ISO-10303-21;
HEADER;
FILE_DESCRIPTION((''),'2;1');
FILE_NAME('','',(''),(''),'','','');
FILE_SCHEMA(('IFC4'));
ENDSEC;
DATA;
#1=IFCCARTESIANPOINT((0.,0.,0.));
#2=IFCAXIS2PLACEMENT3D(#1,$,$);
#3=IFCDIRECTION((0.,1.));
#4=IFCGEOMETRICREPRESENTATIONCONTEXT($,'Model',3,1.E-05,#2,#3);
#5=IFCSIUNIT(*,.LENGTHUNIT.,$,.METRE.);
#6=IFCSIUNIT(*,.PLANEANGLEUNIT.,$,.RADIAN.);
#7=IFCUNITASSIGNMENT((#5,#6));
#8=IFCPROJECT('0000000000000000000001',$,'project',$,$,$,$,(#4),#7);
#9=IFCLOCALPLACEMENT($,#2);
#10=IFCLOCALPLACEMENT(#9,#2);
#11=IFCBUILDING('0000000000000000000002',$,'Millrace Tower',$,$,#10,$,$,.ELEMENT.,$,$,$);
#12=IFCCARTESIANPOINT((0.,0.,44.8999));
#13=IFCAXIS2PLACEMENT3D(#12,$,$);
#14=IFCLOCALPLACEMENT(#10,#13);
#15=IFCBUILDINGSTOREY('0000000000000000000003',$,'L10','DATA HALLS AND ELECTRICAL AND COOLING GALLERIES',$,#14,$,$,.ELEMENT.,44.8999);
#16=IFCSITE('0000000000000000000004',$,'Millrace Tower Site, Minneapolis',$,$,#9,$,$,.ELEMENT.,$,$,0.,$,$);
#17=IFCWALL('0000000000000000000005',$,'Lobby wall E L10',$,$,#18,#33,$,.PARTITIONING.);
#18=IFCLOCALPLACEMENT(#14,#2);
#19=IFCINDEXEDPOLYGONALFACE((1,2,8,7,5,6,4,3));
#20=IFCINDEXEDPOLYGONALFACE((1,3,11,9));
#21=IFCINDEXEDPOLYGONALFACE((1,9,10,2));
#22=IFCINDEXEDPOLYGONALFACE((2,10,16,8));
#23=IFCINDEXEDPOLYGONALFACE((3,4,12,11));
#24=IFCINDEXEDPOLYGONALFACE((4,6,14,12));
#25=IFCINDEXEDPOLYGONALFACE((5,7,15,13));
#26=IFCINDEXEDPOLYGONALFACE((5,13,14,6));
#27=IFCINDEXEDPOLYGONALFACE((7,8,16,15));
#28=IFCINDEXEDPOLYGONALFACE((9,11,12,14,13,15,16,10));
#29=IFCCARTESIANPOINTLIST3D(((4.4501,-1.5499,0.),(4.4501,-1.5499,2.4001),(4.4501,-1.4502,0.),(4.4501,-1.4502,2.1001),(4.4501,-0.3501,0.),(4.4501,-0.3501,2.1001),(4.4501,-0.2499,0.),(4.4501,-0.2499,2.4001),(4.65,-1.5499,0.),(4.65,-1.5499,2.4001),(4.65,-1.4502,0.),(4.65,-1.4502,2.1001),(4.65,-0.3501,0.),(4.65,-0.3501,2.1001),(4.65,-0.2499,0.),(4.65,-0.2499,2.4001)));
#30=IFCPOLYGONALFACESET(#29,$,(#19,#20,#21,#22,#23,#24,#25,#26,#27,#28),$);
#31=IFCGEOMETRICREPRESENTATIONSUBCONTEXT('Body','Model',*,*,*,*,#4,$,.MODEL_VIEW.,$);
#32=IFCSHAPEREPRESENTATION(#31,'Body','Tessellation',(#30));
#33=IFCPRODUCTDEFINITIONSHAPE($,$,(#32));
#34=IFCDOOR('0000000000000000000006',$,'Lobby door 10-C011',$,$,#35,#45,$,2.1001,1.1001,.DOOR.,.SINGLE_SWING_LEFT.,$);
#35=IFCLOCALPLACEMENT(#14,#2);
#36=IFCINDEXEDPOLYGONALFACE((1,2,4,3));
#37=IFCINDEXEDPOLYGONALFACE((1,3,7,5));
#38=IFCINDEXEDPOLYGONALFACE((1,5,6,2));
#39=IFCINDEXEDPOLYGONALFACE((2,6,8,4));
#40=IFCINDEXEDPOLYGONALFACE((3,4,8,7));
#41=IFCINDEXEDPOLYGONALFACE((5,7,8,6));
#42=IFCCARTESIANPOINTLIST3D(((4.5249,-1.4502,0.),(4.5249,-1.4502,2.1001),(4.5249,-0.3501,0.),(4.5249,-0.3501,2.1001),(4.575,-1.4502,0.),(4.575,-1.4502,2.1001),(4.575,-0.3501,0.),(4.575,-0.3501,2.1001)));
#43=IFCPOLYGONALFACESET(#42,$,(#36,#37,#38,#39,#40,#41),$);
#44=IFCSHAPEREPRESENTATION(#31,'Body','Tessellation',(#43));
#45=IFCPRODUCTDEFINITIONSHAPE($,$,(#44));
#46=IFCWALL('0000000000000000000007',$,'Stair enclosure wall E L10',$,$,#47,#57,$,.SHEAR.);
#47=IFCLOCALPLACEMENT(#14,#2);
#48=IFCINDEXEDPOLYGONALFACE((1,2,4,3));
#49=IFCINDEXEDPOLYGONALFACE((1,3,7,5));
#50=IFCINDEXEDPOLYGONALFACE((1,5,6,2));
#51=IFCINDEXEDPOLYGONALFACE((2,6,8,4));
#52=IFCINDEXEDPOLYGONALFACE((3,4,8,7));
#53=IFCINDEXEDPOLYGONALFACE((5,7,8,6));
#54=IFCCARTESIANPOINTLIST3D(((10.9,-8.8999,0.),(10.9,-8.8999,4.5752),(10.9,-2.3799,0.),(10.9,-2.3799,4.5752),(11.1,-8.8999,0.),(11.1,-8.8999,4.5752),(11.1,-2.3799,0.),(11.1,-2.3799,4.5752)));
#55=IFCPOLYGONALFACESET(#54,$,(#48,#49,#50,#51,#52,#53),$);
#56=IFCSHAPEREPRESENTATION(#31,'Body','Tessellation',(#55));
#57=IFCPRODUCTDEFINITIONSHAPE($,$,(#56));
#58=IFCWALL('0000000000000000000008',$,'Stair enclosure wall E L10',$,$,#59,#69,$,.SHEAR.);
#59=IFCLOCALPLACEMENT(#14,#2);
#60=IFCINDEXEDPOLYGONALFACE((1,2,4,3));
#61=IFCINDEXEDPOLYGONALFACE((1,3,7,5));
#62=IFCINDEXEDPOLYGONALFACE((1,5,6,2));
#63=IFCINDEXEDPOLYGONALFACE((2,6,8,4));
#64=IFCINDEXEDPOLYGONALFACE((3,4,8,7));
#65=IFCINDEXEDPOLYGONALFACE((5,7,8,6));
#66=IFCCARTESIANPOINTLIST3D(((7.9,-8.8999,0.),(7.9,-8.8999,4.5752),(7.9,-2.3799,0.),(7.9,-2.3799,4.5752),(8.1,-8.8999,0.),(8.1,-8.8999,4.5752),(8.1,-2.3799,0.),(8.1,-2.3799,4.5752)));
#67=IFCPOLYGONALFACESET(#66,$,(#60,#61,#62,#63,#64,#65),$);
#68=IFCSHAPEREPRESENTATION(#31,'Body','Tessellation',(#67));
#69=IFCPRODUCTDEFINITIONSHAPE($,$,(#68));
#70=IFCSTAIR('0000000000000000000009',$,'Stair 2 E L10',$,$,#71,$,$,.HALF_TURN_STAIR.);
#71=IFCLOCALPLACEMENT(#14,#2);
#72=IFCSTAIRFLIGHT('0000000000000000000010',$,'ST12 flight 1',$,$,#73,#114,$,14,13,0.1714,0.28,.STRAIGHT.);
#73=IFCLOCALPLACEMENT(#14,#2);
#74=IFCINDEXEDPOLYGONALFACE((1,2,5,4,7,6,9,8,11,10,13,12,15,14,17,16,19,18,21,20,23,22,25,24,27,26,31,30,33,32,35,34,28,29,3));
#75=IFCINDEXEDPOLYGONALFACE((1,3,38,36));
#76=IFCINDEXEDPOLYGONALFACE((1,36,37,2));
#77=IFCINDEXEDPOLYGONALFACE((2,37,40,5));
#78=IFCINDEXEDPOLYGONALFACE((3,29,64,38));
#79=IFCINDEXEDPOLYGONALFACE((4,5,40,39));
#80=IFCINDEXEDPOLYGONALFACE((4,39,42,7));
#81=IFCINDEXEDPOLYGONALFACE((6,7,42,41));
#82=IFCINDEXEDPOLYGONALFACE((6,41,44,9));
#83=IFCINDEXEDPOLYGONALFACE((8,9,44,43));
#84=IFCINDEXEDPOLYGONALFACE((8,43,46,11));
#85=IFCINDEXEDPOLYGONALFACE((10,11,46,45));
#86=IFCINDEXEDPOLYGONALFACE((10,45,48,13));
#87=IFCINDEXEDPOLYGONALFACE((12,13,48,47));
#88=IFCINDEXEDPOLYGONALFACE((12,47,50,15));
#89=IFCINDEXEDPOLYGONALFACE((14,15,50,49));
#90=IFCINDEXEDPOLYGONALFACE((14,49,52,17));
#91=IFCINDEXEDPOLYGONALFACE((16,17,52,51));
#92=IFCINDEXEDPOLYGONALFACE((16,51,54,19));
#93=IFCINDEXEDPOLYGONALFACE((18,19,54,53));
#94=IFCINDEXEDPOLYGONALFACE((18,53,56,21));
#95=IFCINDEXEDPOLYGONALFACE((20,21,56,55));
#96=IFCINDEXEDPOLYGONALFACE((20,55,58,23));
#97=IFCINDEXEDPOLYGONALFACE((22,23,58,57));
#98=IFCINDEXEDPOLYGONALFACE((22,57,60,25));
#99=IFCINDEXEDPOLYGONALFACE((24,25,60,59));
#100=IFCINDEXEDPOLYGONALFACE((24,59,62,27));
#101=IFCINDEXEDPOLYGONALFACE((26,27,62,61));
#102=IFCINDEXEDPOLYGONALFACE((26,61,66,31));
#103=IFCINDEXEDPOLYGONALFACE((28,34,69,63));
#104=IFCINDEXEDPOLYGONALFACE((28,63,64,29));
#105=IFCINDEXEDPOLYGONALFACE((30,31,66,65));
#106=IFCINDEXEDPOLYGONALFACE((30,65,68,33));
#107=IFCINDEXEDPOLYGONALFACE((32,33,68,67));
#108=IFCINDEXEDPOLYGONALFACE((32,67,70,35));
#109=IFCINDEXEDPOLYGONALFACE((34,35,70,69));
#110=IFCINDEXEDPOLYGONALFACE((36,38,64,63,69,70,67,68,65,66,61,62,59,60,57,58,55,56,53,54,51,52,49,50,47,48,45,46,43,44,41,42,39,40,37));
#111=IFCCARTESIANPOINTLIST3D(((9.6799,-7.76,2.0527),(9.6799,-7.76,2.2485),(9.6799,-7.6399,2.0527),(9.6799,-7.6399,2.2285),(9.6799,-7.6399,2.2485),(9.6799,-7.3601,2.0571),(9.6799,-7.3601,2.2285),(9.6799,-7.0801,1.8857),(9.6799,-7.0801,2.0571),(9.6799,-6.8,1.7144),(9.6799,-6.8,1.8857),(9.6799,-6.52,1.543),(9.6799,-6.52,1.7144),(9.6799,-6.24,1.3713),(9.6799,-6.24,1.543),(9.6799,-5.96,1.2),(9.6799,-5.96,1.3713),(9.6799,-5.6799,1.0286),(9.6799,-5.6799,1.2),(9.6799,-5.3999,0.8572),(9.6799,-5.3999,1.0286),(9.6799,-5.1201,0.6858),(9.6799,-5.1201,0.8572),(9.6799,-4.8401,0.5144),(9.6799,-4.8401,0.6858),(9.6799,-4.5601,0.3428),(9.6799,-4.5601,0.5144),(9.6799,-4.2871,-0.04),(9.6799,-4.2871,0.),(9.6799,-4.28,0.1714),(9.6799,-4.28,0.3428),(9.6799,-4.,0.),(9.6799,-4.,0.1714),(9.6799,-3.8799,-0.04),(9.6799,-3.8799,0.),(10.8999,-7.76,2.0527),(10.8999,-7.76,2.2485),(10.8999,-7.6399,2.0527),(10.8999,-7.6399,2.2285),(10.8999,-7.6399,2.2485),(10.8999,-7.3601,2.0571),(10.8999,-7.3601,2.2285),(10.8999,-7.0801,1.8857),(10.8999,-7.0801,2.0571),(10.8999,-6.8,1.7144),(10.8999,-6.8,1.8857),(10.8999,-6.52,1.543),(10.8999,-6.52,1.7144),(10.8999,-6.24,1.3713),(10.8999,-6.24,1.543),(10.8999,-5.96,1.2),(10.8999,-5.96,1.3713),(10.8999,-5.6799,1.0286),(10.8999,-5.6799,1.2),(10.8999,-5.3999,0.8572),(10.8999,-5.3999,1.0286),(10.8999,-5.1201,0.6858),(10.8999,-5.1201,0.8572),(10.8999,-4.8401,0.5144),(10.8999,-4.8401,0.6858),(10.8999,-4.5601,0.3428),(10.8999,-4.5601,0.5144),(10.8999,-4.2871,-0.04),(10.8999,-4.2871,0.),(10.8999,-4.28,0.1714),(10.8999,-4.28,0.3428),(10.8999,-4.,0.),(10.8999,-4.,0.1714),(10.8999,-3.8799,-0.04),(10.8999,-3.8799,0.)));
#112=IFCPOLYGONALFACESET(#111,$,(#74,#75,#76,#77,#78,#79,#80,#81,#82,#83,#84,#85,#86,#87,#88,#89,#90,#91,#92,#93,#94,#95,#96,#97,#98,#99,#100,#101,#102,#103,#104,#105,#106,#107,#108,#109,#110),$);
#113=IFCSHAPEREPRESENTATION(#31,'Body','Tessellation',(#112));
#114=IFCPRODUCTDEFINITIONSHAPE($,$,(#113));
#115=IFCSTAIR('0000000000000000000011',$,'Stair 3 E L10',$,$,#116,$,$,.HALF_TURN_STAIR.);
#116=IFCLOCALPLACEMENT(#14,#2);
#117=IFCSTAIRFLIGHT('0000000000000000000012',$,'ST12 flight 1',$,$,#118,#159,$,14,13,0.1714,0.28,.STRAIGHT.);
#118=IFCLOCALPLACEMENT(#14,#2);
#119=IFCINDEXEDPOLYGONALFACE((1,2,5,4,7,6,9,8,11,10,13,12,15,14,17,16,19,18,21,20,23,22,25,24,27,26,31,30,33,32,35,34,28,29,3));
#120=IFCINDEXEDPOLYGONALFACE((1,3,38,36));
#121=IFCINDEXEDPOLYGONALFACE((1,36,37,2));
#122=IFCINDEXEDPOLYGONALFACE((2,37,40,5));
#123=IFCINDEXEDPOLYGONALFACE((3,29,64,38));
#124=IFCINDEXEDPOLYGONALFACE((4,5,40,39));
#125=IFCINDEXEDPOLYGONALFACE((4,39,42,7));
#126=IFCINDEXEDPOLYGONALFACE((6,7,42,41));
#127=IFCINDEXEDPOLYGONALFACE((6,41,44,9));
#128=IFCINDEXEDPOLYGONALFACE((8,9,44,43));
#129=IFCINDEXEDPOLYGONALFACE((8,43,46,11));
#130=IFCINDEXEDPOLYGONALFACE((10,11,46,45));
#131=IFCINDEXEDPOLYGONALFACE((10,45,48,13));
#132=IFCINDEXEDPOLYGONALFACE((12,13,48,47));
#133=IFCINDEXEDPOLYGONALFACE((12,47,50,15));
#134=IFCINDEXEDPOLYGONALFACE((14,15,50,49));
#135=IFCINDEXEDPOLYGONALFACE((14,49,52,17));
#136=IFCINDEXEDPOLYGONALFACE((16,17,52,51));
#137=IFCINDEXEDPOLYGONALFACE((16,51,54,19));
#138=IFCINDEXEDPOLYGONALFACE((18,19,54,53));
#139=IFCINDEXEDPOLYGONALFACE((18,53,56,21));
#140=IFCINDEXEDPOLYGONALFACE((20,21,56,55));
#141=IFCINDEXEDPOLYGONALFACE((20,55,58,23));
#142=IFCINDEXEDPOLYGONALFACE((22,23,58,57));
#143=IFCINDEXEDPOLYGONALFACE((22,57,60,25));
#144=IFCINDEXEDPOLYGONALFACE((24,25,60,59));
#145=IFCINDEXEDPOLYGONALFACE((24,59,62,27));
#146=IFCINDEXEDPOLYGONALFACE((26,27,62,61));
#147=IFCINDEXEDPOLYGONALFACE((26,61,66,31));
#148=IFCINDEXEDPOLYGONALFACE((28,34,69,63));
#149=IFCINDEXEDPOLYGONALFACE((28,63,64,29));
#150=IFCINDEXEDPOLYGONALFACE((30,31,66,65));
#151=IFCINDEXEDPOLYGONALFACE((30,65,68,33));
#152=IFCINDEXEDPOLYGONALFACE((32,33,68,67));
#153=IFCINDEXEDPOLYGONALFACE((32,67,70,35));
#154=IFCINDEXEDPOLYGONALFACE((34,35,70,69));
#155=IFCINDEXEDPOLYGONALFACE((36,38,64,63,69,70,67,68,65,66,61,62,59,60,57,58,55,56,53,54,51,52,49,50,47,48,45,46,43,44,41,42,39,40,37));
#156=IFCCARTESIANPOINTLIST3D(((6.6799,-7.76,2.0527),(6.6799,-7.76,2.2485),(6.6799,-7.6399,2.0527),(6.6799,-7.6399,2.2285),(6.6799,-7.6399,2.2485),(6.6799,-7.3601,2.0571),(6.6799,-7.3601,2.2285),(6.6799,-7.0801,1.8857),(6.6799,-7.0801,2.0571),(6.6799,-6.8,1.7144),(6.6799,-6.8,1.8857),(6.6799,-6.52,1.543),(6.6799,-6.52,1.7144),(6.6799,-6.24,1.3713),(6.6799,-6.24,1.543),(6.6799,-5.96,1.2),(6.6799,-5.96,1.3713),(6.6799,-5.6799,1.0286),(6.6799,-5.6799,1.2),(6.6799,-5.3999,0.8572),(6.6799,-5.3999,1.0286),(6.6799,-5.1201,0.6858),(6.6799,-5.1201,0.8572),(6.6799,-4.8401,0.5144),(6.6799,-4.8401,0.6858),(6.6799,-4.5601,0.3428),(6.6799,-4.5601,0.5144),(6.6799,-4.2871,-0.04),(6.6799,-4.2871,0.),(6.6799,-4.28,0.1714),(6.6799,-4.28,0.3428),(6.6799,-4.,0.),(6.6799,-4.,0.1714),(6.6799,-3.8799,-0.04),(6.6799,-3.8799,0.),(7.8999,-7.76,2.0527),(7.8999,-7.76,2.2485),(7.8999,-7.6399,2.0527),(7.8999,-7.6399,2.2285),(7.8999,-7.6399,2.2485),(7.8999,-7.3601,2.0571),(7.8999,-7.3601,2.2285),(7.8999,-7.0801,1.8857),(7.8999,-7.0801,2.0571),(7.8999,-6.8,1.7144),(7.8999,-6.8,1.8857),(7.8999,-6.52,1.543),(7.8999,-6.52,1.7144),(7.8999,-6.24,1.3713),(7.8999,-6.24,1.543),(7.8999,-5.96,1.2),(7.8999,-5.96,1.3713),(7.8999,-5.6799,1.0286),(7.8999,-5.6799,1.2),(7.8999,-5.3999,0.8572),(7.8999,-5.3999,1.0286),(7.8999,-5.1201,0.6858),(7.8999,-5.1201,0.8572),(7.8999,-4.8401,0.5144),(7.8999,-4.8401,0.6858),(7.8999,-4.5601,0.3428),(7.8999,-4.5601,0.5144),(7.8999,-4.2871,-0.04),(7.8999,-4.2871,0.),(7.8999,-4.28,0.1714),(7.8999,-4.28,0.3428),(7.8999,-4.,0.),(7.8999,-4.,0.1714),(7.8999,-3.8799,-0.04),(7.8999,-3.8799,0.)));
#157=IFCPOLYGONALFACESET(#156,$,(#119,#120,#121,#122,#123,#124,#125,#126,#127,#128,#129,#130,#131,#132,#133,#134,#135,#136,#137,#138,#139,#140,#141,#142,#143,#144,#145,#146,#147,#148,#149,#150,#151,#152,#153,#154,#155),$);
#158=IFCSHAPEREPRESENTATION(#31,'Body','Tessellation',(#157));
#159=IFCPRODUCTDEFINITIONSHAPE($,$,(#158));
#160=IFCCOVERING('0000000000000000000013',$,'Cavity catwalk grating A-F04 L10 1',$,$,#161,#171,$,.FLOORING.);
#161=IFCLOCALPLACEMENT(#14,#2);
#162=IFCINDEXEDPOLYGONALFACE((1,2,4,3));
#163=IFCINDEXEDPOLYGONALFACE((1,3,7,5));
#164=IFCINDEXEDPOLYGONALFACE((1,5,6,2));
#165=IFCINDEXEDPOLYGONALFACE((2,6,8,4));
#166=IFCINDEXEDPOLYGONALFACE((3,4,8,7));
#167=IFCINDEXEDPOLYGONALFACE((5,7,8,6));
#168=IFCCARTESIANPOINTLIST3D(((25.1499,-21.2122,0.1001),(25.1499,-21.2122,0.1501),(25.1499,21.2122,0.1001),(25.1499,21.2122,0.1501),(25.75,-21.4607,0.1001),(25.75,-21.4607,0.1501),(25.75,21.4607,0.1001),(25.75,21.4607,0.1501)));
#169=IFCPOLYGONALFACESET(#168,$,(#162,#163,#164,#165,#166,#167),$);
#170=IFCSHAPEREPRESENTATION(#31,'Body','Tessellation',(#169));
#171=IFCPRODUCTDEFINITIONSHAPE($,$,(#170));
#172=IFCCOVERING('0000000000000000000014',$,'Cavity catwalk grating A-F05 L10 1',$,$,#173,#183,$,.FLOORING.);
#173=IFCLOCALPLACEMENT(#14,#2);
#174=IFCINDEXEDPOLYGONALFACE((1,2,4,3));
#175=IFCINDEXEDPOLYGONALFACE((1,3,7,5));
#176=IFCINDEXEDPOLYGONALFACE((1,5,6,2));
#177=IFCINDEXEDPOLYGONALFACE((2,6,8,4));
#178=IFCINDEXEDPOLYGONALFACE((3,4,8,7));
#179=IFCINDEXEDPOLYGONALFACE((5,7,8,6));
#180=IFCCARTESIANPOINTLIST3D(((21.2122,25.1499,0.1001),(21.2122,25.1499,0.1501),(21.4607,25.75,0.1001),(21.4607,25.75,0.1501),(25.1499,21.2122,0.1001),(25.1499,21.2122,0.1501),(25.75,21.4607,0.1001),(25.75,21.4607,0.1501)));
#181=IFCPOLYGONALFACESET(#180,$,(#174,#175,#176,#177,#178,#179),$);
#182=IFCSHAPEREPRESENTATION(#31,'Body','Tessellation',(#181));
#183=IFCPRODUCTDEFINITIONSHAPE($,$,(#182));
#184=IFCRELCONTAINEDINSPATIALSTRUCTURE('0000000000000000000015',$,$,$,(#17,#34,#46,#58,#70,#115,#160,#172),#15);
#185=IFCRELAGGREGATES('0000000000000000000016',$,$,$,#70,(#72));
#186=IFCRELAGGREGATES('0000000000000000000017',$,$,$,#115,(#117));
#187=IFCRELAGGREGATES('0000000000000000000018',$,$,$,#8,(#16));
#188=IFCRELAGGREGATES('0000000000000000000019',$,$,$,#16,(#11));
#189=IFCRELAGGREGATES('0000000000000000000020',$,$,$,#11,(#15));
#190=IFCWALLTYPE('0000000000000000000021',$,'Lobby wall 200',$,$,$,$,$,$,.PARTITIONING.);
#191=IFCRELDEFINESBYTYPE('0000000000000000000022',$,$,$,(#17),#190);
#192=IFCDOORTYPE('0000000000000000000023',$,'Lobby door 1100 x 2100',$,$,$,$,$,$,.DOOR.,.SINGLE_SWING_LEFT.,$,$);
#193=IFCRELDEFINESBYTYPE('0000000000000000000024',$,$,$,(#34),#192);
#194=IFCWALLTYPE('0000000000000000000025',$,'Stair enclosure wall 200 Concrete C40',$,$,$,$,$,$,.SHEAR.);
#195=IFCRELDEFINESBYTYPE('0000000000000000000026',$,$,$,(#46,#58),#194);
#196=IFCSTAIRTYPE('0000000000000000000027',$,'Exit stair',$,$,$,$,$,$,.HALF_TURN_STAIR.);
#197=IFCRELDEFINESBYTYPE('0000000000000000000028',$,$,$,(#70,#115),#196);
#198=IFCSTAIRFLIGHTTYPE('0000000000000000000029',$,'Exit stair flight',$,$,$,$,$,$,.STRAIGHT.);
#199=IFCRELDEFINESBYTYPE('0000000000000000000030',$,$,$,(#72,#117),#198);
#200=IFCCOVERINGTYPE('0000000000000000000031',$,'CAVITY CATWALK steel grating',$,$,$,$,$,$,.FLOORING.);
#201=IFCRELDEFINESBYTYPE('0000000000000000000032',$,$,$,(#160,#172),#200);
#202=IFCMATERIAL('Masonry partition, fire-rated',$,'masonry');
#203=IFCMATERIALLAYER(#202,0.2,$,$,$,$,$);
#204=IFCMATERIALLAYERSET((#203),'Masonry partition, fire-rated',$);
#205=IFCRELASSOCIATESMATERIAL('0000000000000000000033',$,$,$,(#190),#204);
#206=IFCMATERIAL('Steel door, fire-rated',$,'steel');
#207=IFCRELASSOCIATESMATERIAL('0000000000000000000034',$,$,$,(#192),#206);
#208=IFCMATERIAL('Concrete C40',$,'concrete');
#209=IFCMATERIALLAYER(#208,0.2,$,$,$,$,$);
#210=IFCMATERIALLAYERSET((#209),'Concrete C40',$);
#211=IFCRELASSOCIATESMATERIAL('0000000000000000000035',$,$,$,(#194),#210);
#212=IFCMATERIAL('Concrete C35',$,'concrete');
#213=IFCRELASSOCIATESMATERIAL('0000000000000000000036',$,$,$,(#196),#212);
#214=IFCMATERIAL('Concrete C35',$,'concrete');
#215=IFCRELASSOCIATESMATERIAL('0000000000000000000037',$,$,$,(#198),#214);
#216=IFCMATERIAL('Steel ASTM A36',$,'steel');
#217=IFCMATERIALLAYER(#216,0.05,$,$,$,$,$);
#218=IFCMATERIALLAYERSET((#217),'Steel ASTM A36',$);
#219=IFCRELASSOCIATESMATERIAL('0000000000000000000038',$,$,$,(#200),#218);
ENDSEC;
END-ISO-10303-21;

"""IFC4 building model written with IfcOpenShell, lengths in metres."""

from ifc_helpers import new_model, si_unit, direction, frame, frame_2d, origin, place, context, subcontext, project, spatial, polyline, rectangle, outline, extrude, material, layer, layer_set, type_object, element, fill, aggregate, save


model = new_model("IFC4")

# Units and contexts
model_context = context("Model", 3, precision=1e-05, world=origin(), true_north=direction((0.0, 1.0)))
body_context = subcontext(model_context, "Body", "Model", "MODEL_VIEW")
ifc_project = project(units=[si_unit("LENGTHUNIT", "METRE"), si_unit("PLANEANGLEUNIT", "RADIAN")], contexts=[model_context])

# Site, building, storey
site_placement = place(None, origin())
site = spatial("IfcSite", under=ifc_project, at=site_placement, Name="Millrace Tower Site, Minneapolis", CompositionType="ELEMENT", RefElevation=0.0)
building_placement = place(site_placement, origin())
building = spatial("IfcBuilding", under=site, at=building_placement, Name="Millrace Tower", CompositionType="ELEMENT")
storey_placement = place(building_placement, frame((0.0, 0.0, 44.8999)))
storey = spatial("IfcBuildingStorey", under=building, at=storey_placement, Name="L10", Description="DATA HALLS AND ELECTRICAL AND COOLING GALLERIES", CompositionType="ELEMENT", Elevation=44.8999)

# Shared definitions
placement_1 = place(storey_placement, origin())

# Wall, opening, door
ifc_material_1 = material(Name="Masonry partition, fire-rated", Category="masonry")
ifc_layer_1 = layer(ifc_material_1, 0.2)
ifc_layer_set_1 = layer_set([ifc_layer_1], Name="Masonry partition, fire-rated")
wall_type_1 = type_object("IfcWallType", Name="Lobby wall 200", PredefinedType="PARTITIONING", material=ifc_layer_set_1)
wall_1_placement = place(storey_placement, frame((4.55, -0.25, 0.0), z_axis=(0.0, 0.0, 1.0), x_axis=(0.0, -1.0, 0.0)))
wall_1 = element("IfcWall", 1, at=wall_1_placement, inside=storey, type_object=wall_type_1, Name="Lobby wall E L10", PredefinedType="PARTITIONING", context=body_context, shape_type="SweptSolid", body=[
    extrude(rectangle(XDim=1.3, YDim=0.2, at=frame_2d((0.6499, 0.0))), origin(), (0.0, 0.0, 1.0), 2.4001),
])
opening_placement = place(wall_1_placement, frame((0.1001, 0.0, 0.0)))
opening = element("IfcOpeningElement", 2, at=opening_placement, cuts=wall_1, PredefinedType="OPENING", context=body_context, shape_type="SweptSolid", body=[
    extrude(rectangle(XDim=1.1001, YDim=2.1001, at=frame_2d((0.55, 1.05))), frame((0.0, 0.1099, 0.0), z_axis=(0.0, -1.0, 0.0), x_axis=(1.0, 0.0, 0.0)), (0.0, 0.0, 1.0), 0.22),
])
ifc_material_2 = material(Name="Steel door, fire-rated", Category="steel")
door_type = type_object("IfcDoorType", Name="Lobby door 1100 x 2100", OperationType="SINGLE_SWING_LEFT", PredefinedType="DOOR", material=ifc_material_2)
door_placement = place(opening_placement, origin())
door = element("IfcDoor", 3, at=door_placement, inside=storey, type_object=door_type, Name="Lobby door 10-C011", OperationType="SINGLE_SWING_LEFT", OverallHeight=2.1001, OverallWidth=1.1001, PredefinedType="DOOR", context=body_context, shape_type="SweptSolid", body=[
    extrude(rectangle(XDim=1.1001, YDim=2.1001, at=frame_2d((0.55, 1.05))), frame((0.0, 0.0249, 0.0), z_axis=(0.0, -1.0, 0.0), x_axis=(1.0, 0.0, 0.0)), (0.0, 0.0, 1.0), 0.05),
])
fill(opening, door)

# Walls
ifc_material_3 = material(Name="Concrete C40", Category="concrete")
ifc_layer_2 = layer(ifc_material_3, 0.2)
ifc_layer_set_2 = layer_set([ifc_layer_2], Name="Concrete C40")
wall_type_2 = type_object("IfcWallType", Name="Stair enclosure wall 200 Concrete C40", PredefinedType="SHEAR", material=ifc_layer_set_2)
for number, where, z_axis, x_axis, name in (
    (4, (11.0, -2.3799, 0.0), (0.0, 0.0, 1.0), (0.0, -1.0, 0.0), "Stair enclosure wall E L10"),
    (5, (8.0, -2.3799, 0.0), (0.0, 0.0, 1.0), (0.0, -1.0, 0.0), "Stair enclosure wall E L10"),
):
    element("IfcWall", number, at=place(storey_placement, frame(where, z_axis=z_axis, x_axis=x_axis)), inside=storey, type_object=wall_type_2, Name=name, PredefinedType="SHEAR", context=body_context, shape_type="SweptSolid", body=[
        extrude(rectangle(XDim=6.52, YDim=0.2, at=frame_2d((3.26, 0.0))), origin(), (0.0, 0.0, 1.0), 4.5752),
    ])

# Stairs, stair flights
ifc_material_4 = material(Name="Concrete C35", Category="concrete")
stair_type = type_object("IfcStairType", Name="Exit stair", PredefinedType="HALF_TURN_STAIR", material=ifc_material_4)
stair_1 = element("IfcStair", 6, at=placement_1, inside=storey, type_object=stair_type, Name="Stair 2 E L10", PredefinedType="HALF_TURN_STAIR")
ifc_material_5 = material(Name="Concrete C35", Category="concrete")
stair_flight_type = type_object("IfcStairFlightType", Name="Exit stair flight", PredefinedType="STRAIGHT", material=ifc_material_5)
stair_flight_1_placement = place(storey_placement, frame((10.29, -4.0, 0.0), z_axis=(0.0, 0.0, 1.0), x_axis=(0.0, -1.0, 0.0)))
stair_flight_1 = element("IfcStairFlight", 7, at=stair_flight_1_placement, type_object=stair_flight_type, Name="ST12 flight 1", NumberOfRisers=14, NumberOfTreads=13, PredefinedType="STRAIGHT", RiserHeight=0.1714, TreadLength=0.28, context=body_context, shape_type="SweptSolid", body=[
    extrude(outline(polyline([(-0.1201, -0.04), (-0.1201, 0.0), (0.0, 0.0), (0.0, 0.1714), (0.28, 0.1714), (0.28, 0.3428), (0.5601, 0.3428), (0.5601, 0.5144), (0.8401, 0.5144), (0.8401, 0.6858), (1.1201, 0.6858), (1.1201, 0.8572), (1.3999, 0.8572), (1.3999, 1.0286), (1.6799, 1.0286), (1.6799, 1.2), (1.96, 1.2), (1.96, 1.3713), (2.24, 1.3713), (2.24, 1.543), (2.52, 1.543), (2.52, 1.7144), (2.8, 1.7144), (2.8, 1.8857), (3.0801, 1.8857), (3.0801, 2.0571), (3.3601, 2.0571), (3.3601, 2.2285), (3.6399, 2.2285), (3.6399, 2.2485), (3.76, 2.2485), (3.76, 2.0527), (3.6399, 2.0527), (0.2871, 0.0), (0.2871, -0.04), (-0.1201, -0.04)])), frame((0.0, 0.6099, 0.0), z_axis=(0.0, -1.0, 0.0), x_axis=(1.0, 0.0, 0.0)), (0.0, 0.0, 1.0), 1.22),
])
aggregate(stair_1, [stair_flight_1])
stair_2 = element("IfcStair", 8, at=placement_1, inside=storey, type_object=stair_type, Name="Stair 3 E L10", PredefinedType="HALF_TURN_STAIR")
stair_flight_2_placement = place(storey_placement, frame((7.29, -4.0, 0.0), z_axis=(0.0, 0.0, 1.0), x_axis=(0.0, -1.0, 0.0)))
stair_flight_2 = element("IfcStairFlight", 9, at=stair_flight_2_placement, type_object=stair_flight_type, Name="ST12 flight 1", NumberOfRisers=14, NumberOfTreads=13, PredefinedType="STRAIGHT", RiserHeight=0.1714, TreadLength=0.28, context=body_context, shape_type="SweptSolid", body=[
    extrude(outline(polyline([(-0.1201, -0.04), (-0.1201, 0.0), (0.0, 0.0), (0.0, 0.1714), (0.28, 0.1714), (0.28, 0.3428), (0.5601, 0.3428), (0.5601, 0.5144), (0.8401, 0.5144), (0.8401, 0.6858), (1.1201, 0.6858), (1.1201, 0.8572), (1.3999, 0.8572), (1.3999, 1.0286), (1.6799, 1.0286), (1.6799, 1.2), (1.96, 1.2), (1.96, 1.3713), (2.24, 1.3713), (2.24, 1.543), (2.52, 1.543), (2.52, 1.7144), (2.8, 1.7144), (2.8, 1.8857), (3.0801, 1.8857), (3.0801, 2.0571), (3.3601, 2.0571), (3.3601, 2.2285), (3.6399, 2.2285), (3.6399, 2.2485), (3.76, 2.2485), (3.76, 2.0527), (3.6399, 2.0527), (0.2871, 0.0), (0.2871, -0.04), (-0.1201, -0.04)])), frame((0.0, 0.6099, 0.0), z_axis=(0.0, -1.0, 0.0), x_axis=(1.0, 0.0, 0.0)), (0.0, 0.0, 1.0), 1.22),
])
aggregate(stair_2, [stair_flight_2])

# Coverings
ifc_material_6 = material(Name="Steel ASTM A36", Category="steel")
ifc_layer_3 = layer(ifc_material_6, 0.05)
ifc_layer_set_3 = layer_set([ifc_layer_3], Name="Steel ASTM A36")
covering_type = type_object("IfcCoveringType", Name="CAVITY CATWALK steel grating", PredefinedType="FLOORING", material=ifc_layer_set_3)
placement_2 = place(storey_placement, frame((0.0, 0.0, 0.1001)))
element("IfcCovering", 10, at=placement_2, inside=storey, type_object=covering_type, Name="Cavity catwalk grating A-F04 L10 1", PredefinedType="FLOORING", context=body_context, shape_type="SweptSolid", body=[
    extrude(outline(polyline([(25.75, -21.4607), (25.75, 21.4607), (25.1499, 21.2122), (25.1499, -21.2122), (25.75, -21.4607)])), origin(), (0.0, 0.0, 1.0), 0.05),
])
element("IfcCovering", 11, at=placement_2, inside=storey, type_object=covering_type, Name="Cavity catwalk grating A-F05 L10 1", PredefinedType="FLOORING", context=body_context, shape_type="SweptSolid", body=[
    extrude(outline(polyline([(25.75, 21.4607), (21.4607, 25.75), (21.2122, 25.1499), (25.1499, 21.2122), (25.75, 21.4607)])), origin(), (0.0, 0.0, 1.0), 0.05),
])

save(model, "model.ifc")
